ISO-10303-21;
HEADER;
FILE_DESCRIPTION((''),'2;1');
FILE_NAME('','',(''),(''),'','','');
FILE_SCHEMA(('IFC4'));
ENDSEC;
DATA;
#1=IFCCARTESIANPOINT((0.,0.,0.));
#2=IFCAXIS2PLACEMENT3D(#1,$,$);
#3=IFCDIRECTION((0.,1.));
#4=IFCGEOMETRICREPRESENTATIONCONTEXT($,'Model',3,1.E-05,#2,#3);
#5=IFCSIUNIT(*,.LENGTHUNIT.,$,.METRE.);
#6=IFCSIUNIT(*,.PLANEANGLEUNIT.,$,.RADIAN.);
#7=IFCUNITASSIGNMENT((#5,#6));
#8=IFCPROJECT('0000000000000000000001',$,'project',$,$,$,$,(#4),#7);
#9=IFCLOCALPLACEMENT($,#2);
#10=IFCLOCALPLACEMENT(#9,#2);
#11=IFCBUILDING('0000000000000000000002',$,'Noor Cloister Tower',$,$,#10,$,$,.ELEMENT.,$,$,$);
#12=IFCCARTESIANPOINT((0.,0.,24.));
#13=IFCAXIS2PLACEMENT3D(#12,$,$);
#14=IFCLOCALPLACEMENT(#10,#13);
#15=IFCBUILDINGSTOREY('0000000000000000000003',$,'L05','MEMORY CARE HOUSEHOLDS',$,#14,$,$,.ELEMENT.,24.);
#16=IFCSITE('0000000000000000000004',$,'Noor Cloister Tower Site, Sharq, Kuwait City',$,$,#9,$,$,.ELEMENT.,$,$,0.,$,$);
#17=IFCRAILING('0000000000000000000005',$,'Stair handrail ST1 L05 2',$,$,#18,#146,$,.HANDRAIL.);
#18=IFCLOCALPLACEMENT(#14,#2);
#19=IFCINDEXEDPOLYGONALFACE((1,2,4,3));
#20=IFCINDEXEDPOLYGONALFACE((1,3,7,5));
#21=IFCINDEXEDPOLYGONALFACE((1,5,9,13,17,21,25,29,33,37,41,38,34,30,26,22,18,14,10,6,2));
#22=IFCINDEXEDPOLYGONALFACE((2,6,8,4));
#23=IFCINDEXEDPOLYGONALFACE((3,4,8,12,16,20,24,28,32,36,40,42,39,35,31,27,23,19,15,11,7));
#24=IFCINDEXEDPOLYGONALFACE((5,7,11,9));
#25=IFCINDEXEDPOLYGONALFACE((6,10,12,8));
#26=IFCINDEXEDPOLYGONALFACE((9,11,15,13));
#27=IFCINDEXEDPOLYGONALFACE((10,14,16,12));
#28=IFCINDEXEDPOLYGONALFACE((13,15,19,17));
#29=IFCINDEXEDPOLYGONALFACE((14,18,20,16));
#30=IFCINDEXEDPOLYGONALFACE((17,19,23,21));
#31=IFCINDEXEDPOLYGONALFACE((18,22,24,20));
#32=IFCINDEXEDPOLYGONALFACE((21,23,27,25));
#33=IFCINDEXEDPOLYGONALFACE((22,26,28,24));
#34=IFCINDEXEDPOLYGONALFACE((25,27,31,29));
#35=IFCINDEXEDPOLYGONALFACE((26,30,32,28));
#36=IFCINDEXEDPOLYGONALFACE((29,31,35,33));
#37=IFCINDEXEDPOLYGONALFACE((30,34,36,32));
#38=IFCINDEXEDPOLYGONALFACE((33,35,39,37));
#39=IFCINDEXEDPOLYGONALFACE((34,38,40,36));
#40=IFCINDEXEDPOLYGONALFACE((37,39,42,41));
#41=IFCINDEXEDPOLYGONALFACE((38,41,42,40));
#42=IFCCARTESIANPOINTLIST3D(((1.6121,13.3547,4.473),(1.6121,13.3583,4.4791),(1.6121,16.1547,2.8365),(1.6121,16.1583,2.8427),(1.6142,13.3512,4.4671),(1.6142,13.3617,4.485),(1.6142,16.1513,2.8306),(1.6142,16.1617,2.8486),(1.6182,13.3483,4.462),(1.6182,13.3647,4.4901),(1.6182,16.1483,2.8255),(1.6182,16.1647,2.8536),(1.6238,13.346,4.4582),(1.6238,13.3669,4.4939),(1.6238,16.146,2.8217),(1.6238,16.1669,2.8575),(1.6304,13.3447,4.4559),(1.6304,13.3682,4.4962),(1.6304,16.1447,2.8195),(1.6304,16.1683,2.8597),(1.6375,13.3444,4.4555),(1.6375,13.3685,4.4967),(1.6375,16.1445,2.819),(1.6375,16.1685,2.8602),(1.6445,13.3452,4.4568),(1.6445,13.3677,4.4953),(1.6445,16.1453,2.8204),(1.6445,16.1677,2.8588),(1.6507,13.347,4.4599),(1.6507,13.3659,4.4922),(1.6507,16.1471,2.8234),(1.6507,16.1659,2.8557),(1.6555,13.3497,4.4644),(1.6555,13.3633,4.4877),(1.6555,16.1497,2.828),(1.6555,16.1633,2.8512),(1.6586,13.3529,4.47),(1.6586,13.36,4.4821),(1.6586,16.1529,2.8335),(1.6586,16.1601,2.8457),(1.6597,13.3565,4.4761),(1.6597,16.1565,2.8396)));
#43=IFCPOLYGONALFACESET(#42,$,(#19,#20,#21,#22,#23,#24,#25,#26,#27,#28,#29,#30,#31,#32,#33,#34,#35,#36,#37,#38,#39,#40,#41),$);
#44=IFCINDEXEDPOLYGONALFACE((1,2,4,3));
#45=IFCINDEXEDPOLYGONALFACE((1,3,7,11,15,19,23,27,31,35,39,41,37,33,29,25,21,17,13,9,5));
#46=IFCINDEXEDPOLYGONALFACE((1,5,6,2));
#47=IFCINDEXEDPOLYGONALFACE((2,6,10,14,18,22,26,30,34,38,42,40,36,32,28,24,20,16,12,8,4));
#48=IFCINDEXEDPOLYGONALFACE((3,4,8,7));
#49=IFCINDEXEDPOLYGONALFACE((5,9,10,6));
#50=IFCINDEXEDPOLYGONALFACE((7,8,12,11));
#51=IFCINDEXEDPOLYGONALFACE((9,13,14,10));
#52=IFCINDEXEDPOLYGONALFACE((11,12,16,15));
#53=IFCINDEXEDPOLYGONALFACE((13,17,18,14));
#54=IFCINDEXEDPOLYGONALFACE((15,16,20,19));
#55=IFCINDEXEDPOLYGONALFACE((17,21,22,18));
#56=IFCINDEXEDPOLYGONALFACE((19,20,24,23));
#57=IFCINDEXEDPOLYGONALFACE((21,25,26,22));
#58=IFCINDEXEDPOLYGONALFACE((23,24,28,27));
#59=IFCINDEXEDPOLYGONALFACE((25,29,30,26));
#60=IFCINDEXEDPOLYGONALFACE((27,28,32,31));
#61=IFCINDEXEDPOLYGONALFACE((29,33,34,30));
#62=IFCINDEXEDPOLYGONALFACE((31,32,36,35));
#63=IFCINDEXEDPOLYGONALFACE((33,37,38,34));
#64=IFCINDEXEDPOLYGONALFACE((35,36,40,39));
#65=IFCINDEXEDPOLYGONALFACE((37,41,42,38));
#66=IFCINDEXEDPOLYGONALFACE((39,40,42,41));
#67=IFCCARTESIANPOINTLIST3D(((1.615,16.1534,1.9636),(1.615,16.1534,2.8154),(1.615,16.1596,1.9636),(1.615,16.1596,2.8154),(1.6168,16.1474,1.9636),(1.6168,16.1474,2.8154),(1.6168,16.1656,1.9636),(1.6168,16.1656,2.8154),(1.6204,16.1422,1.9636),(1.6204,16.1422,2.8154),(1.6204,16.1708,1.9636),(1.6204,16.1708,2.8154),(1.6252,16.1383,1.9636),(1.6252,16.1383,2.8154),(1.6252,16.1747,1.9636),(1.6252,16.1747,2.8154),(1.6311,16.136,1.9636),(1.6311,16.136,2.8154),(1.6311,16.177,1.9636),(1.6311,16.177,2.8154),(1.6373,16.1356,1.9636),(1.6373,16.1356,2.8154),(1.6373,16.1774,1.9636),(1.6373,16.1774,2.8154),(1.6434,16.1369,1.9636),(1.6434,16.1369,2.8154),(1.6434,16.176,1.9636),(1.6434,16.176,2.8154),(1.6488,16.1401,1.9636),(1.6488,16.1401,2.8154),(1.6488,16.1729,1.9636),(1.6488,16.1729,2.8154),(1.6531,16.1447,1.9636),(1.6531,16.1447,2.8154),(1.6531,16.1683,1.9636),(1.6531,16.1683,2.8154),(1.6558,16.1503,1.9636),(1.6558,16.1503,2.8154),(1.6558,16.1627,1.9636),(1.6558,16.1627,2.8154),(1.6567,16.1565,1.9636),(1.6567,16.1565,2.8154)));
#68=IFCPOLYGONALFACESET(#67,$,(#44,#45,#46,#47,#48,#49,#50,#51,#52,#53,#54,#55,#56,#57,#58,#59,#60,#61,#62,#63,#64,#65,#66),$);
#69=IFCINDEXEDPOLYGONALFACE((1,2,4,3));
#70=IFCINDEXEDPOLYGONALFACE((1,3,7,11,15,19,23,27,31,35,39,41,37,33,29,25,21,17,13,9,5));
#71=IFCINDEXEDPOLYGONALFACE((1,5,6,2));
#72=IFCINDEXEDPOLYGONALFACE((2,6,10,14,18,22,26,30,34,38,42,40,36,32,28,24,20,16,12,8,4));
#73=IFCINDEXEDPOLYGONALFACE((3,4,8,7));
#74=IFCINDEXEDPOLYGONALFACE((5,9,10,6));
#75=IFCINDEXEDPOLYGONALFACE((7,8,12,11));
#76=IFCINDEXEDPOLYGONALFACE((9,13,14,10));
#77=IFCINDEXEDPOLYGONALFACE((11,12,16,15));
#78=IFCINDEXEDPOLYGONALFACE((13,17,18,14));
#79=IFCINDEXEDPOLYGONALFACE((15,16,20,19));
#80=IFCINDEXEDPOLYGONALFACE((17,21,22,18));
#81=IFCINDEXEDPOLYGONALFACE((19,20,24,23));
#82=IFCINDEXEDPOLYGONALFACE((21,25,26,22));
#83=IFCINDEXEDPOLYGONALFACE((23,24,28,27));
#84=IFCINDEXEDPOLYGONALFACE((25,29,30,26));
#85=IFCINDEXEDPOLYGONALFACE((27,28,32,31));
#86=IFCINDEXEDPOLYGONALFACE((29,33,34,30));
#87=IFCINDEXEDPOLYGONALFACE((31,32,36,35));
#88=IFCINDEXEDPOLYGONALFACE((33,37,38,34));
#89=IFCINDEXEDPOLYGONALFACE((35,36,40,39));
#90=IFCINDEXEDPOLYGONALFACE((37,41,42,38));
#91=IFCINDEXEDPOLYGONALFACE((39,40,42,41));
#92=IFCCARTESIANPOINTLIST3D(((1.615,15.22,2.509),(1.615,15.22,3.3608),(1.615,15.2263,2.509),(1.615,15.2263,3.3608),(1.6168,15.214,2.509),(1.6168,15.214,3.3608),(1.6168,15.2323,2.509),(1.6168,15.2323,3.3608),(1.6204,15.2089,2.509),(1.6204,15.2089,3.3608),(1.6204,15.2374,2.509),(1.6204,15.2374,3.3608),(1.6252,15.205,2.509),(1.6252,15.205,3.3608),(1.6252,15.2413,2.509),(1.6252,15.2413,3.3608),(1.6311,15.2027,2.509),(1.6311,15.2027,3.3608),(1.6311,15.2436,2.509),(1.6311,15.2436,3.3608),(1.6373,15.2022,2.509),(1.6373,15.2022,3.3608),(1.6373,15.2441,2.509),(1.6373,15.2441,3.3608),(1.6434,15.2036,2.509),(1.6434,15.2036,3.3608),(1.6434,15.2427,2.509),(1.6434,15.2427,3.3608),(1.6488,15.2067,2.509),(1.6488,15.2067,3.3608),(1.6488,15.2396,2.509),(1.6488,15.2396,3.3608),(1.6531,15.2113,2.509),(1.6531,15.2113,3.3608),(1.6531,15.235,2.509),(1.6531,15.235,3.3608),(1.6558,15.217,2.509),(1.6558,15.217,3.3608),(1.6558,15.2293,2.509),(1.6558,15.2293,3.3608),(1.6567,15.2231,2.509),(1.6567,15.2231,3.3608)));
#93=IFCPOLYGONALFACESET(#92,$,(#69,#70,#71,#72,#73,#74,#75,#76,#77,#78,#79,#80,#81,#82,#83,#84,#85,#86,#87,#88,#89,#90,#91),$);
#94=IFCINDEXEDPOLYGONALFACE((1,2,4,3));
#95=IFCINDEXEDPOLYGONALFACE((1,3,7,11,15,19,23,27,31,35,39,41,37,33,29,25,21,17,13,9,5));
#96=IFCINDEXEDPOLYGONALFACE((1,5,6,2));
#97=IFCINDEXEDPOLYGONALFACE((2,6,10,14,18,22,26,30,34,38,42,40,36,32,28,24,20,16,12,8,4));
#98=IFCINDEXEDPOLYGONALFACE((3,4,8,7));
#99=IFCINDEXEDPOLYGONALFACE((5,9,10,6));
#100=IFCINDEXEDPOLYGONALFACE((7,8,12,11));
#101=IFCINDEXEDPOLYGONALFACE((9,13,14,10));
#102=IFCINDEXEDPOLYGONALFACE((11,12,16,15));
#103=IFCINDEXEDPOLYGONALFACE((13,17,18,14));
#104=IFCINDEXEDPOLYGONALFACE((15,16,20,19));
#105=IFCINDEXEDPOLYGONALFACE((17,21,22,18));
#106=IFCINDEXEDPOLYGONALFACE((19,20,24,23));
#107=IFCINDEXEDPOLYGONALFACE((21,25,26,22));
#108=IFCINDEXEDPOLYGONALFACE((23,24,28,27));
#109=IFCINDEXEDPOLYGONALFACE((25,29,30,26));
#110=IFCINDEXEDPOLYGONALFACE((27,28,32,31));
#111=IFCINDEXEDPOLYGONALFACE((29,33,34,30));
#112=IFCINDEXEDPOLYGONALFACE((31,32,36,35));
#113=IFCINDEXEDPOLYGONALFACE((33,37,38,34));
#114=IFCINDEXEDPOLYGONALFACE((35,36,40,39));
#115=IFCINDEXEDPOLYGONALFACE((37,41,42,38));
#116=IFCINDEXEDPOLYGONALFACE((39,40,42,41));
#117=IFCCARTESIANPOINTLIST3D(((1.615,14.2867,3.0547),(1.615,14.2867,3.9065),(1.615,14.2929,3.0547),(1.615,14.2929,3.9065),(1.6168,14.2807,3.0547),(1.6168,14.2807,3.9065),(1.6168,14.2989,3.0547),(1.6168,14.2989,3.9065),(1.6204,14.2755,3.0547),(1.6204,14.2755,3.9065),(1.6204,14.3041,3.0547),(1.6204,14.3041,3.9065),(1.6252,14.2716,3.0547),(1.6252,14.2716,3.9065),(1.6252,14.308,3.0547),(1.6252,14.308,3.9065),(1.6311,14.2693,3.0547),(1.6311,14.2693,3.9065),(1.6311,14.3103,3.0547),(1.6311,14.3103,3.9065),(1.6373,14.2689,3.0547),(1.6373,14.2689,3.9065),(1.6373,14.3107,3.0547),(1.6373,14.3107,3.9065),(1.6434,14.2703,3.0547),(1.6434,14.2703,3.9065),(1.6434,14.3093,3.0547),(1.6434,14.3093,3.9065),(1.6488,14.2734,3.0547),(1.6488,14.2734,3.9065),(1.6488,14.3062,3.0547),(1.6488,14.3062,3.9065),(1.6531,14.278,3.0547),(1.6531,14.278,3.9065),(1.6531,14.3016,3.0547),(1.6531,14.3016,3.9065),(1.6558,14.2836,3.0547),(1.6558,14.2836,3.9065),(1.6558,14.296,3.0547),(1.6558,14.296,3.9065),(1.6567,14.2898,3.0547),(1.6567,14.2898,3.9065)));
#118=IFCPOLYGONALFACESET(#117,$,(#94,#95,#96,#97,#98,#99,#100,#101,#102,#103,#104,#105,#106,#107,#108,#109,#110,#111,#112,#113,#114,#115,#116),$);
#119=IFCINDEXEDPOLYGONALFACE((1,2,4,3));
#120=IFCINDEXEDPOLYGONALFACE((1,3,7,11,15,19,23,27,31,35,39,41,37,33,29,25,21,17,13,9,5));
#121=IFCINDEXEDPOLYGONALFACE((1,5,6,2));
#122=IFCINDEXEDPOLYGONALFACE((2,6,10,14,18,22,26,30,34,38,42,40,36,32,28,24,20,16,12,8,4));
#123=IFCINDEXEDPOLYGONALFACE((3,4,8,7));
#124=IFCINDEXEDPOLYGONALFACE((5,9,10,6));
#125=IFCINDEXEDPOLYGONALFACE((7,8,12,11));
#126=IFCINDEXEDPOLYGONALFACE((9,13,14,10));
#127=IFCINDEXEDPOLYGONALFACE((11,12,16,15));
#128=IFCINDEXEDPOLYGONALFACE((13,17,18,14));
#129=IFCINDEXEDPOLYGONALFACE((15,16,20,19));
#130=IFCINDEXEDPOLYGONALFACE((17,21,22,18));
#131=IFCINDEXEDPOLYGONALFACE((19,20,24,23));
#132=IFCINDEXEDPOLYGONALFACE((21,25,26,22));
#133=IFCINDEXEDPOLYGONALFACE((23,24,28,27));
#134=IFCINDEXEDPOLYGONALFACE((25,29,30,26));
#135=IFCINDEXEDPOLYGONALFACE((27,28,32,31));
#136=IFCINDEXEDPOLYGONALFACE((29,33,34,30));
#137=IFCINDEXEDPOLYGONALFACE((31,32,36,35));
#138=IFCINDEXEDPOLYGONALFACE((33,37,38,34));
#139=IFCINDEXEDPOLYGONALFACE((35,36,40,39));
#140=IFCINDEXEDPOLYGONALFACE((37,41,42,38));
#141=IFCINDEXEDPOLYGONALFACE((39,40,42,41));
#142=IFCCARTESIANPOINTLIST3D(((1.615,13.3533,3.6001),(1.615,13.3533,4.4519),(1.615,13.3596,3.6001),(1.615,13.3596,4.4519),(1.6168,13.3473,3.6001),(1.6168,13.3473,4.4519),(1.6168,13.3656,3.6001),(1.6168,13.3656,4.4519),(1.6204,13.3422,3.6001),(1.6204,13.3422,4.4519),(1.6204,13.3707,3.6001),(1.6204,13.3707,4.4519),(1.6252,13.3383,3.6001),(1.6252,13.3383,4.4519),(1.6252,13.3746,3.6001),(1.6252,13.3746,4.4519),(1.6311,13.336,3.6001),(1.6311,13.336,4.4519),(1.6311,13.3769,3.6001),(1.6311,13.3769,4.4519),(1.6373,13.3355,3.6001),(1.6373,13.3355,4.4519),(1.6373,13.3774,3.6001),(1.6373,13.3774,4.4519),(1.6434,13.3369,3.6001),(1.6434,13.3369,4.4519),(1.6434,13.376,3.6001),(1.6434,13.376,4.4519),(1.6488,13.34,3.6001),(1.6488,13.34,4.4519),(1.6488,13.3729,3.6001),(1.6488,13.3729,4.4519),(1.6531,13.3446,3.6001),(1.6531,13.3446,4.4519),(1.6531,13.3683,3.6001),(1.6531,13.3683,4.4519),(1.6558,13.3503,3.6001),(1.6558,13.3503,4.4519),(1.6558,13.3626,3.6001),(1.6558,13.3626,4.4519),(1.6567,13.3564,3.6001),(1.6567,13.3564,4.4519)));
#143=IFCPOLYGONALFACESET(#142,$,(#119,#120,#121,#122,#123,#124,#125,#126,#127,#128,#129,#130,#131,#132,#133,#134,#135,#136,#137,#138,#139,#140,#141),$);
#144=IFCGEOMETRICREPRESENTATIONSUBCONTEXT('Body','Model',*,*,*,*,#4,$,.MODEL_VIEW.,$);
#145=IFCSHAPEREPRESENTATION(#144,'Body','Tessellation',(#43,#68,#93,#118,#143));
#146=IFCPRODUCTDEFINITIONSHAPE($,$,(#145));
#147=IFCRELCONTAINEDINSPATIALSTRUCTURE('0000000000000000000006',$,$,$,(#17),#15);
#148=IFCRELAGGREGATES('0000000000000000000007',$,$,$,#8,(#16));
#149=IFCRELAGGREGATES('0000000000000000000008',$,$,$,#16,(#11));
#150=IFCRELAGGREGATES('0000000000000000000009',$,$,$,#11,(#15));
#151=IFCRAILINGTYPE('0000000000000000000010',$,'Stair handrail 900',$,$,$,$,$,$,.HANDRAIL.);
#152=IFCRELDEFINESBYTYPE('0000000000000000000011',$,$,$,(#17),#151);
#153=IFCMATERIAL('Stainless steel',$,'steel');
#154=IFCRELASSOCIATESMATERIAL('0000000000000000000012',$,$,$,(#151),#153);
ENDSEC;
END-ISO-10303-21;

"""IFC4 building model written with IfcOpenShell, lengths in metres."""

from ifc_helpers import new_model, si_unit, direction, frame, origin, origin_2d, place, context, subcontext, project, spatial, circle, extrude, material, type_object, element, save


model = new_model("IFC4")

# Units and contexts
model_context = context("Model", 3, precision=1e-05, world=origin(), true_north=direction((0.0, 1.0)))
body_context = subcontext(model_context, "Body", "Model", "MODEL_VIEW")
ifc_project = project(units=[si_unit("LENGTHUNIT", "METRE"), si_unit("PLANEANGLEUNIT", "RADIAN")], contexts=[model_context])

# Site, building, storey
site_placement = place(None, origin())
site = spatial("IfcSite", under=ifc_project, at=site_placement, Name="Noor Cloister Tower Site, Sharq, Kuwait City", CompositionType="ELEMENT", RefElevation=0.0)
building_placement = place(site_placement, origin())
building = spatial("IfcBuilding", under=site, at=building_placement, Name="Noor Cloister Tower", CompositionType="ELEMENT")
storey_placement = place(building_placement, frame((0.0, 0.0, 24.0)))
storey = spatial("IfcBuildingStorey", under=building, at=storey_placement, Name="L05", Description="MEMORY CARE HOUSEHOLDS", CompositionType="ELEMENT", Elevation=24.0)

# Railing
ifc_material_1 = material(Name="Stainless steel", Category="steel")
railing_type_1 = type_object("IfcRailingType", Name="Stair handrail 900", PredefinedType="HANDRAIL", material=ifc_material_1)
railing_1_placement = place(storey_placement, frame((1.6357, 16.1565, 1.9636)))
element("IfcRailing", 1, at=railing_1_placement, inside=storey, type_object=railing_type_1, Name="Stair handrail ST1 L05 2", PredefinedType="HANDRAIL", context=body_context, shape_type="SweptSolid", body=[
    extrude(circle(Radius=0.0239, at=origin_2d()), frame((0.0, 0.0, 0.876), z_axis=(0.0, -0.863361, 0.504587), x_axis=(1.0, 0.0, 0.0)), (0.0, 0.0, 1.0), 3.2432),
    extrude(circle(Radius=0.021, at=origin_2d()), origin(), (0.0, 0.0, 1.0), 0.8518),
    extrude(circle(Radius=0.021, at=origin_2d()), frame((0.0, -0.9333, 0.5454)), (0.0, 0.0, 1.0), 0.8518),
    extrude(circle(Radius=0.021, at=origin_2d()), frame((0.0, -1.8667, 1.0911)), (0.0, 0.0, 1.0), 0.8518),
    extrude(circle(Radius=0.021, at=origin_2d()), frame((0.0, -2.8, 1.6365)), (0.0, 0.0, 1.0), 0.8518),
])

save(model, "model.ifc")
